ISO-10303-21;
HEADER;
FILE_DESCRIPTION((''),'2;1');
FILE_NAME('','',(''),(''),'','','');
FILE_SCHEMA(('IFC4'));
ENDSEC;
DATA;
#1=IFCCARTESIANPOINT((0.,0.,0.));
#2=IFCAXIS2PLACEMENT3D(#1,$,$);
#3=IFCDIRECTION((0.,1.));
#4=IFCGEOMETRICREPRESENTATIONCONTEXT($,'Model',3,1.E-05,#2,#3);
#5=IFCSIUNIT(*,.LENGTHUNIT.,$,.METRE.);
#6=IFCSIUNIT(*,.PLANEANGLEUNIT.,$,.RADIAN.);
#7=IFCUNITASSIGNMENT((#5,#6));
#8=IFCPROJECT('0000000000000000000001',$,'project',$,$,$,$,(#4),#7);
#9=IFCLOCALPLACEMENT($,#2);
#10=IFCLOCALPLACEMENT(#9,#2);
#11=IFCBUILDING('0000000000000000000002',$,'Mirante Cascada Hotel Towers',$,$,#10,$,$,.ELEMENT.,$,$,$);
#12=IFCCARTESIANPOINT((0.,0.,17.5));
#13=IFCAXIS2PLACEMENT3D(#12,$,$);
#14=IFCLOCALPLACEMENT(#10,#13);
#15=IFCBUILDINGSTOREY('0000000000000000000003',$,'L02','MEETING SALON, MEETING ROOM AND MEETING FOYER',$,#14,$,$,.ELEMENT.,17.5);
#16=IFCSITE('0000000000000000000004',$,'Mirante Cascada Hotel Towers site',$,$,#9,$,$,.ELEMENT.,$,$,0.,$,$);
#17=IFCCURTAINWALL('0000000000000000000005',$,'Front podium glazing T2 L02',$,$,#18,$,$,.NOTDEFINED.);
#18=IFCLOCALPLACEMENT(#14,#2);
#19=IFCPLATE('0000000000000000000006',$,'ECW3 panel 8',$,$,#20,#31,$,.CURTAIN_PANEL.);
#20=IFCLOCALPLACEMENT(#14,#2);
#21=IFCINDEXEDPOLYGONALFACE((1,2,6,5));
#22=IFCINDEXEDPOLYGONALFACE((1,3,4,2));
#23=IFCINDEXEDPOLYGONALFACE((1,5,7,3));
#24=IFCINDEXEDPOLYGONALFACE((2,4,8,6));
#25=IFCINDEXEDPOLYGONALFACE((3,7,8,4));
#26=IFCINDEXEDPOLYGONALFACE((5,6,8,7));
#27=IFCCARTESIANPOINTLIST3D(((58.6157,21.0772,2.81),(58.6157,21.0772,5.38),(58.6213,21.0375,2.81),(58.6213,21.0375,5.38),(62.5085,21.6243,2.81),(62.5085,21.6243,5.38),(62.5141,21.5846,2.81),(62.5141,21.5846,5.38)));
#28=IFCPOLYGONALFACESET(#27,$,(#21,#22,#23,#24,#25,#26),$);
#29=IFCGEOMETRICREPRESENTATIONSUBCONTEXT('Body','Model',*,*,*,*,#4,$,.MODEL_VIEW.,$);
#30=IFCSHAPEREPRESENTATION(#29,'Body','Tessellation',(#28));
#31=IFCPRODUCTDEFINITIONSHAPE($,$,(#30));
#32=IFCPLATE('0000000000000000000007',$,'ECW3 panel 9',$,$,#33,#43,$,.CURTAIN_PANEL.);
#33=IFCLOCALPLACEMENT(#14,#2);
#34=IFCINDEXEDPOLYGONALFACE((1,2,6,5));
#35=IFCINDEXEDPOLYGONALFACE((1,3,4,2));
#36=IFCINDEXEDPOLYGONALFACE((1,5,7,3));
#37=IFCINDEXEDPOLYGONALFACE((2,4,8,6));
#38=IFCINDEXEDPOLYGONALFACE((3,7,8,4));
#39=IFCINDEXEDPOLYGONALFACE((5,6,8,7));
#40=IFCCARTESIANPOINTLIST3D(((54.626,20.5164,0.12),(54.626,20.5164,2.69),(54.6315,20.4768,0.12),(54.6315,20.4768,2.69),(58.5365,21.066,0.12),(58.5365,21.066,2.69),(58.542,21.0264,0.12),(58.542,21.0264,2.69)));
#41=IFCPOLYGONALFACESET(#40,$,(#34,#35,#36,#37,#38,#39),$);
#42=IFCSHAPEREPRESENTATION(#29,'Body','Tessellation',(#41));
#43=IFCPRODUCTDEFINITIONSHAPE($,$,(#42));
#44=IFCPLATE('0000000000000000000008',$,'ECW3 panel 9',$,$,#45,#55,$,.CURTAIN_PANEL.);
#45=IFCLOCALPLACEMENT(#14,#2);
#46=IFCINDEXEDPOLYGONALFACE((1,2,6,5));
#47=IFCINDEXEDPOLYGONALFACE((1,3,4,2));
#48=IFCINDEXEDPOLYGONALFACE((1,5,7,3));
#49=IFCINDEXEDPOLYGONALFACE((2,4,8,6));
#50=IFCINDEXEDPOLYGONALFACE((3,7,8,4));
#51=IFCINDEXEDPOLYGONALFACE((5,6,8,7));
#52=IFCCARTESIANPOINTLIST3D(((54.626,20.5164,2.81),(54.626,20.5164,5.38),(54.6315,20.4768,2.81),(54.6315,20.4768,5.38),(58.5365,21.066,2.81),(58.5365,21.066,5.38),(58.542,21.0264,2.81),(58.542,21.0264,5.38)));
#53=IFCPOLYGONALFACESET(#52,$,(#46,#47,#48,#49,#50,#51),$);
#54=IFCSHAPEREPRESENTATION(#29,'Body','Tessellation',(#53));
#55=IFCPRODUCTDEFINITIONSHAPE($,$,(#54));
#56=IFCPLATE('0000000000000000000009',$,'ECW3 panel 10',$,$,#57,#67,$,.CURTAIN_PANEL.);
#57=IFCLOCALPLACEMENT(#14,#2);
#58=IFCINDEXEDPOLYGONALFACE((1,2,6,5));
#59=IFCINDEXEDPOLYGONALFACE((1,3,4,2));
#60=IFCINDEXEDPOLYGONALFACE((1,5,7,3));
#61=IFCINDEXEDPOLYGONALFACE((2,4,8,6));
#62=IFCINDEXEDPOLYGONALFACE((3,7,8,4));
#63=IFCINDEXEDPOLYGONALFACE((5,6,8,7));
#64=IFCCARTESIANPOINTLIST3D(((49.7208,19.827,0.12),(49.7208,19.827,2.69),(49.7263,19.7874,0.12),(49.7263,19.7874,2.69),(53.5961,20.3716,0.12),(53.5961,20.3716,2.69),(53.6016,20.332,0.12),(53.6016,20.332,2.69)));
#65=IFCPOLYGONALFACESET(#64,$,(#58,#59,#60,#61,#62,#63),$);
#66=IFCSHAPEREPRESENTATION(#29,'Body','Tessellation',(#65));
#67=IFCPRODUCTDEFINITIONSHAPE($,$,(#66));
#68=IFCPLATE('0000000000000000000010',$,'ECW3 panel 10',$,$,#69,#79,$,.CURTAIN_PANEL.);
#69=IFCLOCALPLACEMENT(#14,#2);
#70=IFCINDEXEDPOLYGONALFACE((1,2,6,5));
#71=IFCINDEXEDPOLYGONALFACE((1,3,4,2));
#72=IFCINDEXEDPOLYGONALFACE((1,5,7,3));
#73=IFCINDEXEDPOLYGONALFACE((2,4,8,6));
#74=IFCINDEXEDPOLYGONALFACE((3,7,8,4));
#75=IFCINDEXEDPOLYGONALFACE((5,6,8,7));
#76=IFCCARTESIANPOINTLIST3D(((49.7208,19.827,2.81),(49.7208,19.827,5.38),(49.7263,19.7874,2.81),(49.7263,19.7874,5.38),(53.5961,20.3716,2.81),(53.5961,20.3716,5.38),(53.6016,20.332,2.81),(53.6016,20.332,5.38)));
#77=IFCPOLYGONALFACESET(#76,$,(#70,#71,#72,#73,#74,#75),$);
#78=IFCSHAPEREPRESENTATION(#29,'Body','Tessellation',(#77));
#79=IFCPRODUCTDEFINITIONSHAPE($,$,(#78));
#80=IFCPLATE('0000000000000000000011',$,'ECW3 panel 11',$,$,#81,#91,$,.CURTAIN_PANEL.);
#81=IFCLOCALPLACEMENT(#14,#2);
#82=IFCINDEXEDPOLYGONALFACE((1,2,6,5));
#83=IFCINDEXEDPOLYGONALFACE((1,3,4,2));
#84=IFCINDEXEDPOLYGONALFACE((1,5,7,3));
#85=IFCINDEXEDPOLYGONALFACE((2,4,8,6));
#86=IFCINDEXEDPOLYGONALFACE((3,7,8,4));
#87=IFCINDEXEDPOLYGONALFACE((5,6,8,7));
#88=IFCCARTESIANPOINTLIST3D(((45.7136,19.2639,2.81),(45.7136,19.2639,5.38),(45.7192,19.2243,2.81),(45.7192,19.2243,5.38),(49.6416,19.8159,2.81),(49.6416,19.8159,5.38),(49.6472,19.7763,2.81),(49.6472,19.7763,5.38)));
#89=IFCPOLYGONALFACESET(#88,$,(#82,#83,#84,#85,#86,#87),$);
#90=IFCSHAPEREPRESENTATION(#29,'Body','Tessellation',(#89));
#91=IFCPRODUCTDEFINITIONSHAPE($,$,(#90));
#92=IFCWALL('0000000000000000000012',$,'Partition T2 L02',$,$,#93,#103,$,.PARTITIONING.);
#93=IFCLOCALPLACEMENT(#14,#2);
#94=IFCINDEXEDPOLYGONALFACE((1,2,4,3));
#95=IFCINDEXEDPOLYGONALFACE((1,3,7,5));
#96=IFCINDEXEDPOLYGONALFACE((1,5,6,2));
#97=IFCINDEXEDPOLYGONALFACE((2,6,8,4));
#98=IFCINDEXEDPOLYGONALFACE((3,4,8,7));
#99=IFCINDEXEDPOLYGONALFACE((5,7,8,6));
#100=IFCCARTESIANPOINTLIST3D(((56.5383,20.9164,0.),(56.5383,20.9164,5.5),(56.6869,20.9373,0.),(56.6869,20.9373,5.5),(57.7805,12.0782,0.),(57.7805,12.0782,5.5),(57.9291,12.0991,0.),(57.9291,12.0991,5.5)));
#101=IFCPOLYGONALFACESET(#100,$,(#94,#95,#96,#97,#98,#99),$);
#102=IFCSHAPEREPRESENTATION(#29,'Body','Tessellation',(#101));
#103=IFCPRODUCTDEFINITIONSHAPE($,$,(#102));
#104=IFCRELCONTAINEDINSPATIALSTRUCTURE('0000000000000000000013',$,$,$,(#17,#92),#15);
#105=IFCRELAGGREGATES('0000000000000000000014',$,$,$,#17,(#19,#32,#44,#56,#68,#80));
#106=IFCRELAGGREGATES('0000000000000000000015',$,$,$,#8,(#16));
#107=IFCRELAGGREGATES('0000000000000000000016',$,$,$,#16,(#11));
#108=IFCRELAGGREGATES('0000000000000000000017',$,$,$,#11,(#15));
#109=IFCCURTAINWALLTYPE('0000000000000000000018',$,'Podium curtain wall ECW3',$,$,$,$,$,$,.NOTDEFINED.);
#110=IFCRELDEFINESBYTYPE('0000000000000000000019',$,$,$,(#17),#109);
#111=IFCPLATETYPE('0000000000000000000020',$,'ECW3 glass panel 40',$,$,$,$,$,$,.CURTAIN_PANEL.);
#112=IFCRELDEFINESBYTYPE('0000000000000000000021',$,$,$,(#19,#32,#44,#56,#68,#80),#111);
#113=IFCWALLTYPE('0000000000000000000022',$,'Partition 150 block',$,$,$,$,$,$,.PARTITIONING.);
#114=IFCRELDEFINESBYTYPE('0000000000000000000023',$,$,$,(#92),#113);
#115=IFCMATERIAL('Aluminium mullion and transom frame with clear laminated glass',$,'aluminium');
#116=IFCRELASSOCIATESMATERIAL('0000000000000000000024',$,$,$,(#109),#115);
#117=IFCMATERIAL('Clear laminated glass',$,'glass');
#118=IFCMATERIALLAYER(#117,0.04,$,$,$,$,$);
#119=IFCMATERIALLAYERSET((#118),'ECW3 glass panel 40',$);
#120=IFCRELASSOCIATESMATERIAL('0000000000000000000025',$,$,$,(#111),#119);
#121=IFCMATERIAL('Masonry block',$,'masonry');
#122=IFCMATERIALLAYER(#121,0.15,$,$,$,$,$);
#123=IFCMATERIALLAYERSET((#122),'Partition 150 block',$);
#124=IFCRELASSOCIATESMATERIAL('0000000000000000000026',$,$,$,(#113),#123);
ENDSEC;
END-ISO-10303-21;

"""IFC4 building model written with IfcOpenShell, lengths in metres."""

from ifc_helpers import new_model, si_unit, direction, frame, frame_2d, origin, origin_2d, place, context, subcontext, project, spatial, rectangle, extrude, material, layer, layer_set, type_object, element, aggregate, save


model = new_model("IFC4")

# Units and contexts
model_context = context("Model", 3, precision=1e-05, world=origin(), true_north=direction((0.0, 1.0)))
body_context = subcontext(model_context, "Body", "Model", "MODEL_VIEW")
ifc_project = project(units=[si_unit("LENGTHUNIT", "METRE"), si_unit("PLANEANGLEUNIT", "RADIAN")], contexts=[model_context])

# Site, building, storey
site_placement = place(None, origin())
site = spatial("IfcSite", under=ifc_project, at=site_placement, Name="Mirante Cascada Hotel Towers site", CompositionType="ELEMENT", RefElevation=0.0)
building_placement = place(site_placement, origin())
building = spatial("IfcBuilding", under=site, at=building_placement, Name="Mirante Cascada Hotel Towers", CompositionType="ELEMENT")
storey_placement = place(building_placement, frame((0.0, 0.0, 17.5)))
storey = spatial("IfcBuildingStorey", under=building, at=storey_placement, Name="L02", Description="MEETING SALON, MEETING ROOM AND MEETING FOYER", CompositionType="ELEMENT", Elevation=17.5)

# Curtain wall, plates
ifc_material_1 = material(Name="Aluminium mullion and transom frame with clear laminated glass", Category="aluminium")
curtain_wall_type = type_object("IfcCurtainWallType", Name="Podium curtain wall ECW3", PredefinedType="NOTDEFINED", material=ifc_material_1)
curtain_wall_placement = place(storey_placement, origin())
curtain_wall = element("IfcCurtainWall", 1, at=curtain_wall_placement, inside=storey, type_object=curtain_wall_type, Name="Front podium glazing T2 L02", PredefinedType="NOTDEFINED")
ifc_material_2 = material(Name="Clear laminated glass", Category="glass")
ifc_layer_1 = layer(ifc_material_2, 0.04)
ifc_layer_set_1 = layer_set([ifc_layer_1], Name="ECW3 glass panel 40")
plate_type = type_object("IfcPlateType", Name="ECW3 glass panel 40", PredefinedType="CURTAIN_PANEL", material=ifc_layer_set_1)
plate_1_placement = place(storey_placement, frame((60.5649, 21.3309, 2.81), z_axis=(0.0, 0.0, 1.0), x_axis=(-0.990268, -0.139173, 0.0)))
plate_1 = element("IfcPlate", 2, at=plate_1_placement, type_object=plate_type, Name="ECW3 panel 8", PredefinedType="CURTAIN_PANEL", context=body_context, shape_type="SweptSolid", body=[
    extrude(rectangle(XDim=3.9311, YDim=0.04, at=origin_2d()), origin(), (0.0, 0.0, 1.0), 2.57),
])
plate_2_placement = place(storey_placement, frame((56.584, 20.7714, 0.12), z_axis=(0.0, 0.0, 1.0), x_axis=(-0.990268, -0.139173, 0.0)))
plate_2 = element("IfcPlate", 3, at=plate_2_placement, type_object=plate_type, Name="ECW3 panel 9", PredefinedType="CURTAIN_PANEL", context=body_context, shape_type="SweptSolid", body=[
    extrude(rectangle(XDim=3.9489, YDim=0.04, at=origin_2d()), origin(), (0.0, 0.0, 1.0), 2.57),
])
plate_3_placement = place(storey_placement, frame((56.584, 20.7714, 2.81), z_axis=(0.0, 0.0, 1.0), x_axis=(-0.990268, -0.139173, 0.0)))
plate_3 = element("IfcPlate", 4, at=plate_3_placement, type_object=plate_type, Name="ECW3 panel 9", PredefinedType="CURTAIN_PANEL", context=body_context, shape_type="SweptSolid", body=[
    extrude(rectangle(XDim=3.9489, YDim=0.04, at=origin_2d()), origin(), (0.0, 0.0, 1.0), 2.57),
])
plate_4_placement = place(storey_placement, frame((51.6612, 20.0795, 0.12), z_axis=(0.0, 0.0, 1.0), x_axis=(-0.990268, -0.139173, 0.0)))
plate_4 = element("IfcPlate", 5, at=plate_4_placement, type_object=plate_type, Name="ECW3 panel 10", PredefinedType="CURTAIN_PANEL", context=body_context, shape_type="SweptSolid", body=[
    extrude(rectangle(XDim=3.9134, YDim=0.04, at=origin_2d()), origin(), (0.0, 0.0, 1.0), 2.57),
])
plate_5_placement = place(storey_placement, frame((51.6612, 20.0795, 2.81), z_axis=(0.0, 0.0, 1.0), x_axis=(-0.990268, -0.139173, 0.0)))
plate_5 = element("IfcPlate", 6, at=plate_5_placement, type_object=plate_type, Name="ECW3 panel 10", PredefinedType="CURTAIN_PANEL", context=body_context, shape_type="SweptSolid", body=[
    extrude(rectangle(XDim=3.9134, YDim=0.04, at=origin_2d()), origin(), (0.0, 0.0, 1.0), 2.57),
])
plate_6_placement = place(storey_placement, frame((47.6804, 19.5201, 2.81), z_axis=(0.0, 0.0, 1.0), x_axis=(-0.990268, -0.139173, 0.0)))
plate_6 = element("IfcPlate", 7, at=plate_6_placement, type_object=plate_type, Name="ECW3 panel 11", PredefinedType="CURTAIN_PANEL", context=body_context, shape_type="SweptSolid", body=[
    extrude(rectangle(XDim=3.9666, YDim=0.04, at=origin_2d()), origin(), (0.0, 0.0, 1.0), 2.57),
])
aggregate(curtain_wall, [plate_1, plate_2, plate_3, plate_4, plate_5, plate_6])

# Wall
ifc_material_3 = material(Name="Masonry block", Category="masonry")
ifc_layer_2 = layer(ifc_material_3, 0.15)
ifc_layer_set_2 = layer_set([ifc_layer_2], Name="Partition 150 block")
wall_type = type_object("IfcWallType", Name="Partition 150 block", PredefinedType="PARTITIONING", material=ifc_layer_set_2)
wall_placement = place(storey_placement, frame((56.6126, 20.9269, 0.0), z_axis=(0.0, 0.0, 1.0), x_axis=(0.139181, -0.990267, 0.0)))
element("IfcWall", 8, at=wall_placement, inside=storey, type_object=wall_type, Name="Partition T2 L02", PredefinedType="PARTITIONING", context=body_context, shape_type="SweptSolid", body=[
    extrude(rectangle(XDim=8.9251, YDim=0.15, at=frame_2d((4.4626, 0.0))), origin(), (0.0, 0.0, 1.0), 5.5),
])

save(model, "model.ifc")
